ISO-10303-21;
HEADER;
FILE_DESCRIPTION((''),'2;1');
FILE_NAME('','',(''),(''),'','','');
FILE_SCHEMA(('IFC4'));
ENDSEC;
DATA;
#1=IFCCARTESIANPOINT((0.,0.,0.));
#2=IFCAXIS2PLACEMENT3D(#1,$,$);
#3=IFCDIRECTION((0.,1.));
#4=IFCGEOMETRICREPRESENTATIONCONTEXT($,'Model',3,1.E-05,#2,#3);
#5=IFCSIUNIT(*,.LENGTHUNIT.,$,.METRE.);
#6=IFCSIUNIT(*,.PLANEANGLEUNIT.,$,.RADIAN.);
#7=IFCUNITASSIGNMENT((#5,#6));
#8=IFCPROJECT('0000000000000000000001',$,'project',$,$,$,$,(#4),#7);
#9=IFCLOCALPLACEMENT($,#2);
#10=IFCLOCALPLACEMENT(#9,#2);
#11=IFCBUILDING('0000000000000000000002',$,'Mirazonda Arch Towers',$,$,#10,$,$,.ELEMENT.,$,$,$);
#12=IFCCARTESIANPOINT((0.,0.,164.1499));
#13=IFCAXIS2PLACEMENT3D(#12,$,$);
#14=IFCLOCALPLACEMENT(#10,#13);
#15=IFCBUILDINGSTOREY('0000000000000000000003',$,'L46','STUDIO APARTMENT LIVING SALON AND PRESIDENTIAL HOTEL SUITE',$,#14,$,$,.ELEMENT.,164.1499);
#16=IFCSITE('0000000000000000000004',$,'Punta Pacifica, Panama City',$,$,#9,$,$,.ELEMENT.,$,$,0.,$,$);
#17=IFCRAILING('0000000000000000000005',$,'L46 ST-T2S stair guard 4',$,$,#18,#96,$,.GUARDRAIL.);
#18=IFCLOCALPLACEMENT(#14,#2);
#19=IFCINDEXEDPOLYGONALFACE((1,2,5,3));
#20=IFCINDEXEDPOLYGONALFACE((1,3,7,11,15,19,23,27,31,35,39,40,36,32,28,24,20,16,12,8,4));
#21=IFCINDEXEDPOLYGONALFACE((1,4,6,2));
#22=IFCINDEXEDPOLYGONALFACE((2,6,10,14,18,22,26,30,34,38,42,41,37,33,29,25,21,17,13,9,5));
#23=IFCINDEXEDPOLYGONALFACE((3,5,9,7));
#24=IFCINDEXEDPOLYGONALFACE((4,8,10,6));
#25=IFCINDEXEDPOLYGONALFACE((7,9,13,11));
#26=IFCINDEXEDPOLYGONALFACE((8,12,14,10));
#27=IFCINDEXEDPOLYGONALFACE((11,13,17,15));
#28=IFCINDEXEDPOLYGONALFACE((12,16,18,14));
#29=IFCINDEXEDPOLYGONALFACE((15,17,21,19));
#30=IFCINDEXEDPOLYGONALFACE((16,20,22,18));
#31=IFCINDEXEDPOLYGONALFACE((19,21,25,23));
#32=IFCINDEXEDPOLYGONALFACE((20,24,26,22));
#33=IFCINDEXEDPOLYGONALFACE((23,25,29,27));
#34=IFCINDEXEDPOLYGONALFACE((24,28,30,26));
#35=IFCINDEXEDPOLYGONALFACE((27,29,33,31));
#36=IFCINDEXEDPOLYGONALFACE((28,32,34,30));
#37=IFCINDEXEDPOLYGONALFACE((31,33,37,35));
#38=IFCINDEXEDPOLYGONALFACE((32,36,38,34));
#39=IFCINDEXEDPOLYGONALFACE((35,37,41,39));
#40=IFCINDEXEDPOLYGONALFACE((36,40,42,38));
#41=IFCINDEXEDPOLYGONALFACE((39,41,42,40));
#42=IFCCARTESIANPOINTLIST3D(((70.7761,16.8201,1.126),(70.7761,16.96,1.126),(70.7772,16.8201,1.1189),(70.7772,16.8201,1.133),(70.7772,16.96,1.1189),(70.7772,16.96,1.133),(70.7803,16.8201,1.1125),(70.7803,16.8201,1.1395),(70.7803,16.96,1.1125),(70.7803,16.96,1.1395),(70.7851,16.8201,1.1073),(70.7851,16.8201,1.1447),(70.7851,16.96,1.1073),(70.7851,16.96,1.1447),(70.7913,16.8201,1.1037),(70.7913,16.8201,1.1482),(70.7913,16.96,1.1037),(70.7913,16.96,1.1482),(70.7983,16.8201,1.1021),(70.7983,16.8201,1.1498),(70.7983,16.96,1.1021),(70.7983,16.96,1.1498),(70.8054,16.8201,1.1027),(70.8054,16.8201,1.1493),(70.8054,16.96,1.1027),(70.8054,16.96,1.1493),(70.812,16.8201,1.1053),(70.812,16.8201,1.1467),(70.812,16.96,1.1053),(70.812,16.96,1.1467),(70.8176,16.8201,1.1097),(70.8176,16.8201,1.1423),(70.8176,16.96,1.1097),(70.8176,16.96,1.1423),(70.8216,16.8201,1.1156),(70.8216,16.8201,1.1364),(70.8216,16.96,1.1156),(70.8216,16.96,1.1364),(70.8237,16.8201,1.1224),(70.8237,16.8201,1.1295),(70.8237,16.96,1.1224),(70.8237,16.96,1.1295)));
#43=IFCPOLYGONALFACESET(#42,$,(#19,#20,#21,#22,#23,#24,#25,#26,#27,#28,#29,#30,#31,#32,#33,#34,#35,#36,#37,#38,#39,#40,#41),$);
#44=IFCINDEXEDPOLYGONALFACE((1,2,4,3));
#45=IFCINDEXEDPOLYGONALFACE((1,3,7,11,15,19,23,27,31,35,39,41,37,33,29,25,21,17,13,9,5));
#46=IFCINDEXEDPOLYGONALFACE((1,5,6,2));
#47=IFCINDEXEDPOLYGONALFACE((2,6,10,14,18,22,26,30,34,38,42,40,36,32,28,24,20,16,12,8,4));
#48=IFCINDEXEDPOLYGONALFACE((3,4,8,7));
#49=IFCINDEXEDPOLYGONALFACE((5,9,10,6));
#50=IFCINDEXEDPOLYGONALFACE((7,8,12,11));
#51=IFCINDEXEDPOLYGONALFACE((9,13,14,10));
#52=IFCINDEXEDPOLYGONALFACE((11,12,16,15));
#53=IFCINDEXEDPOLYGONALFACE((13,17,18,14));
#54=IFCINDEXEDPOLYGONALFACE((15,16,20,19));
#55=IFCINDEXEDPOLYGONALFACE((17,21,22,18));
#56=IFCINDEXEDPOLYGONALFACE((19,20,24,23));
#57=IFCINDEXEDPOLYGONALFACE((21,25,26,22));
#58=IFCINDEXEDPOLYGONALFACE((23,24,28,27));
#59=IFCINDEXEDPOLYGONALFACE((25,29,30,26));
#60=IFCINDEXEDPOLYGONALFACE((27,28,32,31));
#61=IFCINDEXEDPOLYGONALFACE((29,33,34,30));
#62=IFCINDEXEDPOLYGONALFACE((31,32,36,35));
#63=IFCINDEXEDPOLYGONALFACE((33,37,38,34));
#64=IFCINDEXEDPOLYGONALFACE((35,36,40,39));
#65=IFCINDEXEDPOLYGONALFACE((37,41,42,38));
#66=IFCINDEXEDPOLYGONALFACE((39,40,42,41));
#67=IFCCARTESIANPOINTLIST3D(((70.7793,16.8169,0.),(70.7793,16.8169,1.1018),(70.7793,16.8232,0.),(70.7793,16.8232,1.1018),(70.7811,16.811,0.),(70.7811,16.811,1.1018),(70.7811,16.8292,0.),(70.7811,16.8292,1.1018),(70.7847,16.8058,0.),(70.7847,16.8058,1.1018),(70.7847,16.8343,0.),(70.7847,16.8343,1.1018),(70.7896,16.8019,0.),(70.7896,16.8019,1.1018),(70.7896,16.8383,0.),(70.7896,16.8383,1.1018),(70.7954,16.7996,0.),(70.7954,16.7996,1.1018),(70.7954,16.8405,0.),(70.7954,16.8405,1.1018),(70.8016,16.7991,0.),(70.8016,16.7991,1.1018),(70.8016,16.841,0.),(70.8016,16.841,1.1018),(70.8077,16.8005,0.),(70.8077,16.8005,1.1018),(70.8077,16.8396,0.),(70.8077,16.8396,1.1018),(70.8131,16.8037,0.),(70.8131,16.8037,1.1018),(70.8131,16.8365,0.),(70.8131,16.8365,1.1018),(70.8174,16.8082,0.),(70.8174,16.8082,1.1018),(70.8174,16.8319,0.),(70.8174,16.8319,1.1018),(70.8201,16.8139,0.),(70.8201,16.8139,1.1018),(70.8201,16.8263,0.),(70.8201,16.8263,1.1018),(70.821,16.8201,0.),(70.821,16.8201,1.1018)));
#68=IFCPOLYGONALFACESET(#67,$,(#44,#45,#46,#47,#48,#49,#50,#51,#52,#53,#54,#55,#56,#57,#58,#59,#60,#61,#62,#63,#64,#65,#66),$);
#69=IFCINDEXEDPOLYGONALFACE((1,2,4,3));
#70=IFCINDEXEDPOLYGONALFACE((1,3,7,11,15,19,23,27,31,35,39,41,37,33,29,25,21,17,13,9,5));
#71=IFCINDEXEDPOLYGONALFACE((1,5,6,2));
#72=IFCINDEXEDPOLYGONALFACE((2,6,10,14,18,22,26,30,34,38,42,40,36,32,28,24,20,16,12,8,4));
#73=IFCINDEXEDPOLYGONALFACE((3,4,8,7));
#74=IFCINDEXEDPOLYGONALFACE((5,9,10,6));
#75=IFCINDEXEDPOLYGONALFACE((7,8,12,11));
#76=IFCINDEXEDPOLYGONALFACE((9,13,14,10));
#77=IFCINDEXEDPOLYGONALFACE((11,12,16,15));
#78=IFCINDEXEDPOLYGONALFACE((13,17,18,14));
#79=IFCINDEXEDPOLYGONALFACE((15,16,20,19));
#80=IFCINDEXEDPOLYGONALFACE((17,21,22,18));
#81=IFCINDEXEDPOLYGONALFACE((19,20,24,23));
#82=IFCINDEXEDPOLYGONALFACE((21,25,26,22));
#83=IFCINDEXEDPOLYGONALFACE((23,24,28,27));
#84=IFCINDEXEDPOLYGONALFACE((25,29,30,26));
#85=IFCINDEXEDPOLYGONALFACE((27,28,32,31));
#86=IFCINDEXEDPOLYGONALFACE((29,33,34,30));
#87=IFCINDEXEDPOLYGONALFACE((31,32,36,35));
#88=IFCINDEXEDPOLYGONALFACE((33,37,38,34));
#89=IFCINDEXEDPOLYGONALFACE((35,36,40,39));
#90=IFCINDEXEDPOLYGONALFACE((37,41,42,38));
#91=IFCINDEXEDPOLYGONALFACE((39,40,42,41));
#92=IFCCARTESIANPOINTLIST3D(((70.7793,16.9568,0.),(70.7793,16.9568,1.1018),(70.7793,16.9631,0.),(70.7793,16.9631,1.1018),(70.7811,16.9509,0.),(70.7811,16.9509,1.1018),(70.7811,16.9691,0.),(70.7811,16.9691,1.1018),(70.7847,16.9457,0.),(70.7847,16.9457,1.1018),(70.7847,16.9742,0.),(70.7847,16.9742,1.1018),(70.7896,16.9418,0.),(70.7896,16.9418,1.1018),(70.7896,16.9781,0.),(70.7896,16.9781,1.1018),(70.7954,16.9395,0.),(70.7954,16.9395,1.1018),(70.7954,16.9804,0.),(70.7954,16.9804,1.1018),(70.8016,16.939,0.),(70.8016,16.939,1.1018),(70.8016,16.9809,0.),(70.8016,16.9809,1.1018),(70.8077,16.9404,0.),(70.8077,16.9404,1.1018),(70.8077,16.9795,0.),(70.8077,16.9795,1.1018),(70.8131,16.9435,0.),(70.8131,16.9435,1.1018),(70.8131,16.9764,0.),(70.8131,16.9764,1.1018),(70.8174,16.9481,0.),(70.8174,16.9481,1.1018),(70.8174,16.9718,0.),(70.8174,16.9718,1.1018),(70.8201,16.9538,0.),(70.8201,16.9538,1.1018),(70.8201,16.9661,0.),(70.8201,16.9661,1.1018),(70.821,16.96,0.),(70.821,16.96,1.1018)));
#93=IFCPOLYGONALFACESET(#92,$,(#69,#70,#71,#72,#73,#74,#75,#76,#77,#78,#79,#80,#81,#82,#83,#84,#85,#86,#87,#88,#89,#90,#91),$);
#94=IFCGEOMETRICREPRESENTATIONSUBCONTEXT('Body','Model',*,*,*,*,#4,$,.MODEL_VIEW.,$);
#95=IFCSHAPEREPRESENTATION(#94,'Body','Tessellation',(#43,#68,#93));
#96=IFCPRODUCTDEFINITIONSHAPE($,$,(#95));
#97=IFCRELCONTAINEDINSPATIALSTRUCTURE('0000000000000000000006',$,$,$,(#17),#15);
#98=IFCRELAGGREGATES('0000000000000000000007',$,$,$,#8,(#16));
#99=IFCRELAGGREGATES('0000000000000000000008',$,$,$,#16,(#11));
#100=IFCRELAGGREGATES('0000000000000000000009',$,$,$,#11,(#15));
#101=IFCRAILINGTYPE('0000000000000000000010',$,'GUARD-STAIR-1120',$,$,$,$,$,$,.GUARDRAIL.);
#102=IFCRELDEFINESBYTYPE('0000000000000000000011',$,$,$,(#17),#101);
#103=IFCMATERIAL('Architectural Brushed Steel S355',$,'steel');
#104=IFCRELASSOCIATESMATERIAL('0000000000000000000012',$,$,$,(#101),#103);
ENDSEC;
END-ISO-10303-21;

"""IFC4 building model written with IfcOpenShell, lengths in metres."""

from ifc_helpers import new_model, si_unit, direction, frame, origin, origin_2d, place, context, subcontext, project, spatial, circle, extrude, material, type_object, element, save


model = new_model("IFC4")

# Units and contexts
model_context = context("Model", 3, precision=1e-05, world=origin(), true_north=direction((0.0, 1.0)))
body_context = subcontext(model_context, "Body", "Model", "MODEL_VIEW")
ifc_project = project(units=[si_unit("LENGTHUNIT", "METRE"), si_unit("PLANEANGLEUNIT", "RADIAN")], contexts=[model_context])

# Site, building, storey
site_placement = place(None, origin())
site = spatial("IfcSite", under=ifc_project, at=site_placement, Name="Punta Pacifica, Panama City", CompositionType="ELEMENT", RefElevation=0.0)
building_placement = place(site_placement, origin())
building = spatial("IfcBuilding", under=site, at=building_placement, Name="Mirazonda Arch Towers", CompositionType="ELEMENT")
storey_placement = place(building_placement, frame((0.0, 0.0, 164.1499)))
storey = spatial("IfcBuildingStorey", under=building, at=storey_placement, Name="L46", Description="STUDIO APARTMENT LIVING SALON AND PRESIDENTIAL HOTEL SUITE", CompositionType="ELEMENT", Elevation=164.1499)

# Shared definitions
ifc_material_1 = material(Name="Architectural Brushed Steel S355", Category="steel")

# Railing
railing_type_1 = type_object("IfcRailingType", Name="GUARD-STAIR-1120", PredefinedType="GUARDRAIL", material=ifc_material_1)
railing_1_placement = place(storey_placement, frame((70.8, 16.8201, 0.0)))
element("IfcRailing", 1, at=railing_1_placement, inside=storey, type_object=railing_type_1, Name="L46 ST-T2S stair guard 4", PredefinedType="GUARDRAIL", context=body_context, shape_type="SweptSolid", body=[
    extrude(circle(Radius=0.0239, at=origin_2d()), frame((0.0, 0.0, 1.126), z_axis=(0.0, 1.0, 0.0), x_axis=(-1.0, 0.0, 0.0)), (0.0, 0.0, 1.0), 0.1399),
    extrude(circle(Radius=0.021, at=origin_2d()), origin(), (0.0, 0.0, 1.0), 1.1018),
    extrude(circle(Radius=0.021, at=origin_2d()), frame((0.0, 0.1399, 0.0)), (0.0, 0.0, 1.0), 1.1018),
])

save(model, "model.ifc")
